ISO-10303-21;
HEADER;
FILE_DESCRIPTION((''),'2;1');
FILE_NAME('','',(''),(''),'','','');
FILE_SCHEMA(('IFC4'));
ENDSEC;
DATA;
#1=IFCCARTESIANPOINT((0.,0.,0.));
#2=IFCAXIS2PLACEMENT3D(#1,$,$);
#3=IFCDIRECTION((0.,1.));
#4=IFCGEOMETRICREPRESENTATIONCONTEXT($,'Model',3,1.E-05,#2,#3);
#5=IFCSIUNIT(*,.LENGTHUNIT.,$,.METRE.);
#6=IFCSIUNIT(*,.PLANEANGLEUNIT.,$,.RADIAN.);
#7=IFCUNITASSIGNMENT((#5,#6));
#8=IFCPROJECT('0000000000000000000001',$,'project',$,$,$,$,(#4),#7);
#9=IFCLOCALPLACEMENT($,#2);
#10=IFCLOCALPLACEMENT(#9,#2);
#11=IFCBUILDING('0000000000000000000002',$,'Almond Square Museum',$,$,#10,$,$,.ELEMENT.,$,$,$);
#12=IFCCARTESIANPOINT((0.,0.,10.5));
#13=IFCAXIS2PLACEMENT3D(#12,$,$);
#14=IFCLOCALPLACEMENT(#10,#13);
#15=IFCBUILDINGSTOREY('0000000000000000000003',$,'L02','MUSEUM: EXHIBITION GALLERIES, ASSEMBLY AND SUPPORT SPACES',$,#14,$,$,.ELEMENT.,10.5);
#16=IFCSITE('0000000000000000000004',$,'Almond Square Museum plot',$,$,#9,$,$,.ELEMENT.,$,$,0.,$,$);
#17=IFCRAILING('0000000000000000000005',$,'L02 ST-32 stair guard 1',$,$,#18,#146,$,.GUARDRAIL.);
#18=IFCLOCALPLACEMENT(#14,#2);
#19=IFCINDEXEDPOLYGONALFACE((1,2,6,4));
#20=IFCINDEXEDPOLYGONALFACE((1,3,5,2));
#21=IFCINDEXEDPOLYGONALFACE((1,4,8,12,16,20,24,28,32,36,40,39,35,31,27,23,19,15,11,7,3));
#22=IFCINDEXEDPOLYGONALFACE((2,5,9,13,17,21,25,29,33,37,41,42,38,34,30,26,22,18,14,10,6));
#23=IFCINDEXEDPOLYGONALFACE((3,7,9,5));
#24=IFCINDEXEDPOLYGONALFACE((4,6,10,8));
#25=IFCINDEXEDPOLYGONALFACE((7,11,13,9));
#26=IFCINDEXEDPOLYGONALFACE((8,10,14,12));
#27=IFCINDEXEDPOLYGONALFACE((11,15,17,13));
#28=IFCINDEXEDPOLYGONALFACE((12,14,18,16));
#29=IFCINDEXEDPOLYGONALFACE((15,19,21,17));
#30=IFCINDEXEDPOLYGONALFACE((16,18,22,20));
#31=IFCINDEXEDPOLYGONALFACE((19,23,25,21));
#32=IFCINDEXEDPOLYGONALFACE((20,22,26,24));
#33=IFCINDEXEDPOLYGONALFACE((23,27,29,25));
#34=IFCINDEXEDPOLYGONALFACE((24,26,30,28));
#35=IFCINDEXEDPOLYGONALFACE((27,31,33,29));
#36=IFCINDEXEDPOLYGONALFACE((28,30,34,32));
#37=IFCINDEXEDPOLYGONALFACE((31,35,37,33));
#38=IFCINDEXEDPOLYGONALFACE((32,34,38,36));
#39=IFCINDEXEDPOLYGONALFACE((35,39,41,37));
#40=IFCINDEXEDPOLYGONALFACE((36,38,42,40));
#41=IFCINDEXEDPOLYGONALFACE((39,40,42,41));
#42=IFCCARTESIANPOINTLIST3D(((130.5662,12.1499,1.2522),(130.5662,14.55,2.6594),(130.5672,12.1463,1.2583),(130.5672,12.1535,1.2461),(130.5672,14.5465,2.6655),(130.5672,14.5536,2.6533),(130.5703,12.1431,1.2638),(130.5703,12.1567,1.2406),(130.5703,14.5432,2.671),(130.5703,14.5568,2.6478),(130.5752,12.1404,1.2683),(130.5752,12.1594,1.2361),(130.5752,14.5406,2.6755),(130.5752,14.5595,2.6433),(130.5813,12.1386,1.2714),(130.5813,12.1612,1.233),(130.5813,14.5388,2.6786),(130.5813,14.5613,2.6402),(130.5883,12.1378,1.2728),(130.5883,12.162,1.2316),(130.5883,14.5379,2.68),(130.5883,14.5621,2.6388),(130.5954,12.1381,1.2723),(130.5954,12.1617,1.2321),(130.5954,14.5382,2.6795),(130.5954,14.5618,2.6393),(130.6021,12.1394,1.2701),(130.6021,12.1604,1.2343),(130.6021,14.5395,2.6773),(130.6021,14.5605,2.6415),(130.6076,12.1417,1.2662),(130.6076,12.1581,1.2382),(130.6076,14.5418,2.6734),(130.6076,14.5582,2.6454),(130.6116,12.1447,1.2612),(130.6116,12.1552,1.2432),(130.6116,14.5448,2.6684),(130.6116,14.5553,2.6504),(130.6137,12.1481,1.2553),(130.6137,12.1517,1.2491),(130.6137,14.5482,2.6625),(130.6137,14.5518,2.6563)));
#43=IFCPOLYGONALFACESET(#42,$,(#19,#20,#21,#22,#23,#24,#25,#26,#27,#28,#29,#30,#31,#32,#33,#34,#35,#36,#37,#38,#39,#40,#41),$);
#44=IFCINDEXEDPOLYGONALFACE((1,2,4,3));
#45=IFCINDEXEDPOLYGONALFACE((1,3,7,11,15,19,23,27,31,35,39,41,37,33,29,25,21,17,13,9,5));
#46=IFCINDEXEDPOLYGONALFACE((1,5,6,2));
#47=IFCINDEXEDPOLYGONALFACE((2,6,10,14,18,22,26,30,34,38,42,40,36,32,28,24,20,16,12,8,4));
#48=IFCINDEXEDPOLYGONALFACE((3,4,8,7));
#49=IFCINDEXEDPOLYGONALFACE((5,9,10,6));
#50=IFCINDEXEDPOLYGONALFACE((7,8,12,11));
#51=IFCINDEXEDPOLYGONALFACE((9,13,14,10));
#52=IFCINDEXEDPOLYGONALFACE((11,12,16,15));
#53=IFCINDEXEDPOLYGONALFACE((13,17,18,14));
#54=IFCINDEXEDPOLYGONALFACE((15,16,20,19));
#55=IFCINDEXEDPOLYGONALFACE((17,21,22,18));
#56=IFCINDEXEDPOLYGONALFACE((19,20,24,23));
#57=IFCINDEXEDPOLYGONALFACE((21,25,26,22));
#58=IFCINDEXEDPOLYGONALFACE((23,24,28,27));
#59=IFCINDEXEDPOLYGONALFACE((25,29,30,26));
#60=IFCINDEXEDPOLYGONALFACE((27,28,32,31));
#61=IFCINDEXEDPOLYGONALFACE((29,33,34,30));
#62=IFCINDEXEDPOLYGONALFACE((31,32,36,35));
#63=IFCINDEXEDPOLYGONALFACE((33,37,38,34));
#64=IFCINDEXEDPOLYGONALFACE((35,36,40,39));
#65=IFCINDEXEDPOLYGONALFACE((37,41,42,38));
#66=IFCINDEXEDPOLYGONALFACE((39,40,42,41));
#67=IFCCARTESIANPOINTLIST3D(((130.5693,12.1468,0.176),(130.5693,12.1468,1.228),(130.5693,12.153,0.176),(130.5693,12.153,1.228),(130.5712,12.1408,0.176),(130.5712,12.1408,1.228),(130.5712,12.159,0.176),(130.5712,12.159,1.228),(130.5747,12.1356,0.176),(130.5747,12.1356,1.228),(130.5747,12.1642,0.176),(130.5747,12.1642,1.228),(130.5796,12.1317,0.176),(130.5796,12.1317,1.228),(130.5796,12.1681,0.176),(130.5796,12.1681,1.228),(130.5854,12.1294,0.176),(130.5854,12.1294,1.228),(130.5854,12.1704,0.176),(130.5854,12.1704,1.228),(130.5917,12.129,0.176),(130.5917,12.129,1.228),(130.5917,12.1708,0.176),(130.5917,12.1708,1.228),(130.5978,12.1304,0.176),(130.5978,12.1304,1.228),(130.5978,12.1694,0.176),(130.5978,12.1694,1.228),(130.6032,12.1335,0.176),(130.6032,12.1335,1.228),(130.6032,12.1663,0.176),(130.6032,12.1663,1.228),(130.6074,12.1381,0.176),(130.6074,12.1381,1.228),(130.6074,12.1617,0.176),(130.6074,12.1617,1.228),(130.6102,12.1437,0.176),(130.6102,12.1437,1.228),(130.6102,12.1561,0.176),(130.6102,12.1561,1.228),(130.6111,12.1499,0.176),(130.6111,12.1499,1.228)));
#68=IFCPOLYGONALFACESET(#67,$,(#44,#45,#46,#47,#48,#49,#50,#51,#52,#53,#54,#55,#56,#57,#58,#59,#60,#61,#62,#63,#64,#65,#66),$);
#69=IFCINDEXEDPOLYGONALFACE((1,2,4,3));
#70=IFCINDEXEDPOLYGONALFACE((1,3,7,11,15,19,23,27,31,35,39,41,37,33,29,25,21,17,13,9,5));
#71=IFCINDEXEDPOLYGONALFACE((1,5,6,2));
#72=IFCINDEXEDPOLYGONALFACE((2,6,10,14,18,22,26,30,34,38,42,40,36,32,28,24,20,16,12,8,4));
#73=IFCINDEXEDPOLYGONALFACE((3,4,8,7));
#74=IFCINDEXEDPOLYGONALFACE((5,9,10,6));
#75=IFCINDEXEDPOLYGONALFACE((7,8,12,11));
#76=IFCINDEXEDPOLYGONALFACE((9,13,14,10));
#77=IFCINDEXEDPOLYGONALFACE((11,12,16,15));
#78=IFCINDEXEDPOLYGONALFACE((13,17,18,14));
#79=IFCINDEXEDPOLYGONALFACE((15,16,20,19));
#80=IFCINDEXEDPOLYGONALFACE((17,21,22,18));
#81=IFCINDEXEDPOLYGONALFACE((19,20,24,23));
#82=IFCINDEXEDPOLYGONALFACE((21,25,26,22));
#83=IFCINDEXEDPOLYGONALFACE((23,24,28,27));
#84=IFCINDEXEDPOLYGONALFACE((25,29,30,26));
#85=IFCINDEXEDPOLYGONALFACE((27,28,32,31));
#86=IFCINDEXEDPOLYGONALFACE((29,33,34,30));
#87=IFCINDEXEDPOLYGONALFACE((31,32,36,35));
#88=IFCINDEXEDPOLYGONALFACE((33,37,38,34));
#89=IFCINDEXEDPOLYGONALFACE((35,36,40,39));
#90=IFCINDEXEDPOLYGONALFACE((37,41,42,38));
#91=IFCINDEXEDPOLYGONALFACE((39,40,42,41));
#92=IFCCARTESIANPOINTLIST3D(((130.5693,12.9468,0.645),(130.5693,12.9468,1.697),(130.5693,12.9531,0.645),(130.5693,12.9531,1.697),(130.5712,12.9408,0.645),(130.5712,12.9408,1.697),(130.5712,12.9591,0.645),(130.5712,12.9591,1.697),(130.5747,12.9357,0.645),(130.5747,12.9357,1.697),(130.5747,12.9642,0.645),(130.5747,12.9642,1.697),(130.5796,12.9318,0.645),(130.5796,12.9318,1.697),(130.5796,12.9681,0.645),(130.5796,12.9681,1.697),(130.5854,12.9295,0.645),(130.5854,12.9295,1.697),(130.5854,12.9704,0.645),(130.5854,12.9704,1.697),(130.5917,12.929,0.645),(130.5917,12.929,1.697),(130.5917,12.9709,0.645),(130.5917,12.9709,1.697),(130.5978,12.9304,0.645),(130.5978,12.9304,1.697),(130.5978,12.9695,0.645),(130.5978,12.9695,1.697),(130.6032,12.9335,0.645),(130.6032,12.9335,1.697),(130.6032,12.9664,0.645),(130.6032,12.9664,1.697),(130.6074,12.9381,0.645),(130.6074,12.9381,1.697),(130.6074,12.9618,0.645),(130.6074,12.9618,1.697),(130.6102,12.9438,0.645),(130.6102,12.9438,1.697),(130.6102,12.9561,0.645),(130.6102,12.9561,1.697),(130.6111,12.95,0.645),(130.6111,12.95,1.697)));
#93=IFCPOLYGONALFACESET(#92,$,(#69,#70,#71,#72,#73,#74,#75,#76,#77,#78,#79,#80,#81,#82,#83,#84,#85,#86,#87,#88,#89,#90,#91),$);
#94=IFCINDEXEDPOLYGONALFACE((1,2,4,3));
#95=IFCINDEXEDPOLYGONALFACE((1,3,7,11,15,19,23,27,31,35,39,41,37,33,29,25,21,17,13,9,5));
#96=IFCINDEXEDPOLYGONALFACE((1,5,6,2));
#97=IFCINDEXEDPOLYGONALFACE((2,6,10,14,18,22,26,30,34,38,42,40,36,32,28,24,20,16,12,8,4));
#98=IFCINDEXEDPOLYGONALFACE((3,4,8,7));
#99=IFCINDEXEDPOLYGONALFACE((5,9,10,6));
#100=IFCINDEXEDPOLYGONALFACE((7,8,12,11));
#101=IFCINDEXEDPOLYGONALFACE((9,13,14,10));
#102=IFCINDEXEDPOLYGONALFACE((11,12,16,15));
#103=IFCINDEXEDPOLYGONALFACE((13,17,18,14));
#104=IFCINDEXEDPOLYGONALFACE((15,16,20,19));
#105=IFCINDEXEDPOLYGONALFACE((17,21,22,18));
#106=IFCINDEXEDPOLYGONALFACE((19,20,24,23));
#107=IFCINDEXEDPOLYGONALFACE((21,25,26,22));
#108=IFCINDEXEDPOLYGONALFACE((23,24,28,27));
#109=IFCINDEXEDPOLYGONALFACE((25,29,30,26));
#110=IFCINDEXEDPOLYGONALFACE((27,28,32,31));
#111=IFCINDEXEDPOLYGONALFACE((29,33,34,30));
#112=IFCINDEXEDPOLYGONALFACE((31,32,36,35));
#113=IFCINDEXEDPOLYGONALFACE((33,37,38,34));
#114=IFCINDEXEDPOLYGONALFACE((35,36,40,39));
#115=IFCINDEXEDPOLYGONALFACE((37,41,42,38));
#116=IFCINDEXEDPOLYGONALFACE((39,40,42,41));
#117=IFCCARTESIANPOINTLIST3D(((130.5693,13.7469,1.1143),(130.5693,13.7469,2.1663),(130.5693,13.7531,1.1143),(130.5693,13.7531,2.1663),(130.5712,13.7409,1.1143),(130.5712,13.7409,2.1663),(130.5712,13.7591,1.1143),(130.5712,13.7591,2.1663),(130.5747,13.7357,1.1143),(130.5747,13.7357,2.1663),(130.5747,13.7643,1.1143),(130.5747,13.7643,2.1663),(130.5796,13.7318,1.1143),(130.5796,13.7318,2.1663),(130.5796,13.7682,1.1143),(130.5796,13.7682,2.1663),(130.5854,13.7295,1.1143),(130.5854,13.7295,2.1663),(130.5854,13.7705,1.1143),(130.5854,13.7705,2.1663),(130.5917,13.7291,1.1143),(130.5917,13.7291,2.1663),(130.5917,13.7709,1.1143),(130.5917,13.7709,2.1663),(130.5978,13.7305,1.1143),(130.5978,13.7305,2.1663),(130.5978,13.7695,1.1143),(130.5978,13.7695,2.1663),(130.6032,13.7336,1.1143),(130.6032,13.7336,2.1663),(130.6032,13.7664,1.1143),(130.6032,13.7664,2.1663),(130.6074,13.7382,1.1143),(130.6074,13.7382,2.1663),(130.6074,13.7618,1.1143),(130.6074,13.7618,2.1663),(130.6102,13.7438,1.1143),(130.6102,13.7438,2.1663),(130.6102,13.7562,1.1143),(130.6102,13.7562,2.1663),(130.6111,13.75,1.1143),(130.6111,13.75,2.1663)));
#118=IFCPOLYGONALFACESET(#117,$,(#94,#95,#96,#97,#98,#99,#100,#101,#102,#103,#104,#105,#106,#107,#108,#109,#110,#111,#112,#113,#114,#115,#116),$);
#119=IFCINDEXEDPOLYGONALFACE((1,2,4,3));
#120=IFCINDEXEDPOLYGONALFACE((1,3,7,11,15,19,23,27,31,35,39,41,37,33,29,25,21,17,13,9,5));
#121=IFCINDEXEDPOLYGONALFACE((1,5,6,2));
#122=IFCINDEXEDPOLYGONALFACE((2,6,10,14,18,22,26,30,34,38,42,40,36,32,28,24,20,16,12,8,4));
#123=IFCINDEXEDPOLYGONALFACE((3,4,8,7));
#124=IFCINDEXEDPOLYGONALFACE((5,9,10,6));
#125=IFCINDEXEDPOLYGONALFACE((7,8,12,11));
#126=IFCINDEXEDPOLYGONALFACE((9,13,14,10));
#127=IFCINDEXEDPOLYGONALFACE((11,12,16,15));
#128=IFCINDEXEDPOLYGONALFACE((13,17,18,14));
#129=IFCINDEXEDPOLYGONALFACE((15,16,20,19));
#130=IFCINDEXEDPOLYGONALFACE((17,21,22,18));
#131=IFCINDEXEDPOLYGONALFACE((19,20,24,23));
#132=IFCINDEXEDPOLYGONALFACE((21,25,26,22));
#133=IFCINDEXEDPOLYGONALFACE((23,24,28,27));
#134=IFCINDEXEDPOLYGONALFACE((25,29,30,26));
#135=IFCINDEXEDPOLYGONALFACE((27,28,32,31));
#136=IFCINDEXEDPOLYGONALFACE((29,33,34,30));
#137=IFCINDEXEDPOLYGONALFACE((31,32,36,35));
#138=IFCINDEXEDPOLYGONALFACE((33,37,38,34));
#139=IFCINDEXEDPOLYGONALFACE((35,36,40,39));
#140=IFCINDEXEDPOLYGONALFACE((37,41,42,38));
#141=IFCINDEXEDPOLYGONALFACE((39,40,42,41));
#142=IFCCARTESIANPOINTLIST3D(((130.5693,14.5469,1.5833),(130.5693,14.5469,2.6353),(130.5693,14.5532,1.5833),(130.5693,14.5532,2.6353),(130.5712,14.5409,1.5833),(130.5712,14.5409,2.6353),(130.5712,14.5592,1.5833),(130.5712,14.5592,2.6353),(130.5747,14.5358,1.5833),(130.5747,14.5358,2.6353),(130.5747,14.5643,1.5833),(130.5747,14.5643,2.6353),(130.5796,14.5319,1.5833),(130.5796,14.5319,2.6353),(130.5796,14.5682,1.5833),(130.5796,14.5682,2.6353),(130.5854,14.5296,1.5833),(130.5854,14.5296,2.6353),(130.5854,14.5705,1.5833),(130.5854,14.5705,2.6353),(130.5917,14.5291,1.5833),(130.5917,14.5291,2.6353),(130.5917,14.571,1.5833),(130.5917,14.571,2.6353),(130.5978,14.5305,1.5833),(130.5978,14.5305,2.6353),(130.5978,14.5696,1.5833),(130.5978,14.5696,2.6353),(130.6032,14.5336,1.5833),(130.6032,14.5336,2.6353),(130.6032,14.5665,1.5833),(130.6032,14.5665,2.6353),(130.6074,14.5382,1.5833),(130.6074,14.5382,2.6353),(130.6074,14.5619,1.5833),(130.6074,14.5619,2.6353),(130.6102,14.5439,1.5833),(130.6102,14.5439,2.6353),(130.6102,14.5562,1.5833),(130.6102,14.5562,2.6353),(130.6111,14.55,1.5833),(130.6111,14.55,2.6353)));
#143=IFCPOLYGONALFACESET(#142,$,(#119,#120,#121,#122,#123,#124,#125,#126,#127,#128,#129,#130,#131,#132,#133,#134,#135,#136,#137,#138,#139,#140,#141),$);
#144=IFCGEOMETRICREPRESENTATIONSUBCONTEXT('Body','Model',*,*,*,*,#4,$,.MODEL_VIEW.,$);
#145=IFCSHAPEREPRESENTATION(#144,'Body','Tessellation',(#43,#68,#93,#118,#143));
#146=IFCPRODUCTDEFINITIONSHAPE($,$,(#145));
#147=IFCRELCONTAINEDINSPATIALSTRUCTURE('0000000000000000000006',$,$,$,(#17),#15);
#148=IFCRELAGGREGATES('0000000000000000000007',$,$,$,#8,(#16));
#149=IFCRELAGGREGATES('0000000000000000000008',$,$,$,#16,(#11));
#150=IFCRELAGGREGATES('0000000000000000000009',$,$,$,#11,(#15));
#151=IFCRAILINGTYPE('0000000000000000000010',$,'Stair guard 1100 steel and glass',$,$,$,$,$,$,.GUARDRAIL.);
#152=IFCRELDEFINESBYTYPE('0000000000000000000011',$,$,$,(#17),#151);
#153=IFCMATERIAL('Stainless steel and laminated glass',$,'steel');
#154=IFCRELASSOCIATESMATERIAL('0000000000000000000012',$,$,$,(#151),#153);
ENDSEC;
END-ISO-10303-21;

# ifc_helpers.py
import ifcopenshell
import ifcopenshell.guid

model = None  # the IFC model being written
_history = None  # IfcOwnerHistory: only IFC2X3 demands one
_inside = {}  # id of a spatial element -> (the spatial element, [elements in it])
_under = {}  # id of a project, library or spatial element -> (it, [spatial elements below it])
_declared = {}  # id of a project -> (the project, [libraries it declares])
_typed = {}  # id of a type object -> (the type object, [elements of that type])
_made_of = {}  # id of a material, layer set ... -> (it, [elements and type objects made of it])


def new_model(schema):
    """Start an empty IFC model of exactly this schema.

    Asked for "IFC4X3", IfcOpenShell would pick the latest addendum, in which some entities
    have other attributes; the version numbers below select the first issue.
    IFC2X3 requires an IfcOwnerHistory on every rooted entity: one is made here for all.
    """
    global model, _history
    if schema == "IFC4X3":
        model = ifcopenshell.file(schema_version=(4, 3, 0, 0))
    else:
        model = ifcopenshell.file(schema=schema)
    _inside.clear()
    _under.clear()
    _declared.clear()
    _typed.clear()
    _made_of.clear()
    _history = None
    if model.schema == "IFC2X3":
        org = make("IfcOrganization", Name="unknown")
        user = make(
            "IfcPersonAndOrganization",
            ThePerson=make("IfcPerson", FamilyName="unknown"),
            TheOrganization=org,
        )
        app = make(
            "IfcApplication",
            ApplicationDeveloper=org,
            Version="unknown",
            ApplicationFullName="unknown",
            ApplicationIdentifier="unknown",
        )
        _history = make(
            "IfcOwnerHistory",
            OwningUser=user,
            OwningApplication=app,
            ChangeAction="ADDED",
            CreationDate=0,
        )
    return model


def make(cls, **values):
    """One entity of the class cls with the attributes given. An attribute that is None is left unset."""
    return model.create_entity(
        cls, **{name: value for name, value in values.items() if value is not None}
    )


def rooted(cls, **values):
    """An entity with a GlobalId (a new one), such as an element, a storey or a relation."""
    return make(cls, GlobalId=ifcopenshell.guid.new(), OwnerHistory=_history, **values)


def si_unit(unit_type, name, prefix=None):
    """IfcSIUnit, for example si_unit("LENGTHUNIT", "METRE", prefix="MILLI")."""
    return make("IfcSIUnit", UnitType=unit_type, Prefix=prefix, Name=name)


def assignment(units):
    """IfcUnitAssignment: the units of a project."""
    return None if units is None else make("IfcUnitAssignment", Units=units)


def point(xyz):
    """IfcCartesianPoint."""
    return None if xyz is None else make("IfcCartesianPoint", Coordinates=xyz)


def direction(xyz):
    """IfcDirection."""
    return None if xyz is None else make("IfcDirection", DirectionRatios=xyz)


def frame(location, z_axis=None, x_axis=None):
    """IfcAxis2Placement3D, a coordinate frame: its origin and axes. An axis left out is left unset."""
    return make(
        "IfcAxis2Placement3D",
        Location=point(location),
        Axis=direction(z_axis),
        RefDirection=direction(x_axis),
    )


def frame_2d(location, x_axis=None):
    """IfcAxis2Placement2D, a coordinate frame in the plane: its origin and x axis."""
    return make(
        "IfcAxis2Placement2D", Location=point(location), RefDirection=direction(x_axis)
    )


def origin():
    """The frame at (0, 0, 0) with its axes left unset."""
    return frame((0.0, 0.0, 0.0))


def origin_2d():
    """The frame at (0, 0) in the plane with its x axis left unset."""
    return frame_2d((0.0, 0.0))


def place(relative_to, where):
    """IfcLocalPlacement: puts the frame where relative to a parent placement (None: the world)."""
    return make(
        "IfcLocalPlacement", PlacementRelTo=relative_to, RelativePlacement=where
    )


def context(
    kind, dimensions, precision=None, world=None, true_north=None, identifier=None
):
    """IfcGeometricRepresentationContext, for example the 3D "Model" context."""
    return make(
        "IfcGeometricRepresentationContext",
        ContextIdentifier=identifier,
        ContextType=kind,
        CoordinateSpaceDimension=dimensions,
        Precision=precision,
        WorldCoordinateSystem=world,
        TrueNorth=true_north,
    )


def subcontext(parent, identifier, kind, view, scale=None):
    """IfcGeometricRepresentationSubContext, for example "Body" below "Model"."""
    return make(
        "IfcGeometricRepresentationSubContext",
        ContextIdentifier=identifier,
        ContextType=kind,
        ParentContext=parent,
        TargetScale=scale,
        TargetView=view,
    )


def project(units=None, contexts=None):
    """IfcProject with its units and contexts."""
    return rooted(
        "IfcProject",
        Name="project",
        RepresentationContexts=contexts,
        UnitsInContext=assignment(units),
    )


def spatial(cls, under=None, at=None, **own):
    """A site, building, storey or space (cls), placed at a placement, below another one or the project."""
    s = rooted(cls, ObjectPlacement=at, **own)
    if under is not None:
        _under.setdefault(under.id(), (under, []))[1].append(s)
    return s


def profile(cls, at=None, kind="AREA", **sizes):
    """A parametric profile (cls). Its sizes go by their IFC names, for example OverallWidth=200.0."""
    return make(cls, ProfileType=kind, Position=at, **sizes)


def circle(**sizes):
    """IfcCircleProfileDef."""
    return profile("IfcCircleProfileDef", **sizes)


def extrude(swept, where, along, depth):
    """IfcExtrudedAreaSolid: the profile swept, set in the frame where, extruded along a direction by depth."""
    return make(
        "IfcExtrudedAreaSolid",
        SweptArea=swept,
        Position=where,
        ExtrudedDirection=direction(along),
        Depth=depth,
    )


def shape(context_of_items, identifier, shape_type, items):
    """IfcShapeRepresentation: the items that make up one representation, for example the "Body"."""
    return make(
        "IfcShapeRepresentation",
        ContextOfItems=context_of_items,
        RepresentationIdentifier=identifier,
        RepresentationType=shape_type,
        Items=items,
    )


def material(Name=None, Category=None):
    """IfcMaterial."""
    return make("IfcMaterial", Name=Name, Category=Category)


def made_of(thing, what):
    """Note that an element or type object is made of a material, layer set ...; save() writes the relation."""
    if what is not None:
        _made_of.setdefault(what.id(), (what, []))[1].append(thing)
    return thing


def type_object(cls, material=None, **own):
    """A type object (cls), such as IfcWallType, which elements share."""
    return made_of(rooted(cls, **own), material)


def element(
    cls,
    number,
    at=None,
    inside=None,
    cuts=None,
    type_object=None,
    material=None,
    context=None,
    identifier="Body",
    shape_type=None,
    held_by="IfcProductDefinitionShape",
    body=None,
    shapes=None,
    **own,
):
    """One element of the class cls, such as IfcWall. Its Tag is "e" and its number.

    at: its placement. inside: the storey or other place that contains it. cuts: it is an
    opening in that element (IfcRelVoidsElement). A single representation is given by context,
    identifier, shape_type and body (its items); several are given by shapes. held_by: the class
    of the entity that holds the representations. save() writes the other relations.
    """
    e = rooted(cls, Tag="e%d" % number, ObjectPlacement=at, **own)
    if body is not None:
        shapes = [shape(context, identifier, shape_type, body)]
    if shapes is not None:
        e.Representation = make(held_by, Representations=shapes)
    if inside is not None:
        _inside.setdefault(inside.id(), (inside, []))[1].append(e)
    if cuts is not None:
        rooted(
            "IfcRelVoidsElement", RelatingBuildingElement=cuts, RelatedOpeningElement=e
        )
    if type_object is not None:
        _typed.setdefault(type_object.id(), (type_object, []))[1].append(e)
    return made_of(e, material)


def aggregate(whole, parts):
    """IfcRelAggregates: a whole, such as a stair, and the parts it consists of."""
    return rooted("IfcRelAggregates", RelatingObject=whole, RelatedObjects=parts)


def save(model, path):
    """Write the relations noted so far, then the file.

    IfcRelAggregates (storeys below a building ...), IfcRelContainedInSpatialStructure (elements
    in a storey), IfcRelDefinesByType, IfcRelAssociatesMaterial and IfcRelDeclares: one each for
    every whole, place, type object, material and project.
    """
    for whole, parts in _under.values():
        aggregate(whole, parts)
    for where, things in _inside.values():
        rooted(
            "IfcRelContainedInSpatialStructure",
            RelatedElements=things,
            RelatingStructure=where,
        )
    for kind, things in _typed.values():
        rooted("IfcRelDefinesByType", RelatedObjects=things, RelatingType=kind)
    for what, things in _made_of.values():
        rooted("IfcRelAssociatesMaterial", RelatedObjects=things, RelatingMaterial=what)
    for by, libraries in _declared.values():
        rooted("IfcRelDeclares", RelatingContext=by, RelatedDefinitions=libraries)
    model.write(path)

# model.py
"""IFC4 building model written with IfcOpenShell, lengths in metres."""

from ifc_helpers import new_model, si_unit, direction, frame, origin, origin_2d, place, context, subcontext, project, spatial, circle, extrude, material, type_object, element, save


model = new_model("IFC4")

# Units and contexts
model_context = context("Model", 3, precision=1e-05, world=origin(), true_north=direction((0.0, 1.0)))
body_context = subcontext(model_context, "Body", "Model", "MODEL_VIEW")
ifc_project = project(units=[si_unit("LENGTHUNIT", "METRE"), si_unit("PLANEANGLEUNIT", "RADIAN")], contexts=[model_context])

# Site, building, storey
site_placement = place(None, origin())
site = spatial("IfcSite", under=ifc_project, at=site_placement, Name="Almond Square Museum plot", CompositionType="ELEMENT", RefElevation=0.0)
building_placement = place(site_placement, origin())
building = spatial("IfcBuilding", under=site, at=building_placement, Name="Almond Square Museum", CompositionType="ELEMENT")
storey_placement = place(building_placement, frame((0.0, 0.0, 10.5)))
storey = spatial("IfcBuildingStorey", under=building, at=storey_placement, Name="L02", Description="MUSEUM: EXHIBITION GALLERIES, ASSEMBLY AND SUPPORT SPACES", CompositionType="ELEMENT", Elevation=10.5)

# Railing
ifc_material_1 = material(Name="Stainless steel and laminated glass", Category="steel")
railing_type_1 = type_object("IfcRailingType", Name="Stair guard 1100 steel and glass", PredefinedType="GUARDRAIL", material=ifc_material_1)
railing_1_placement = place(storey_placement, frame((130.5901, 12.1499, 0.176)))
element("IfcRailing", 1, at=railing_1_placement, inside=storey, type_object=railing_type_1, Name="L02 ST-32 stair guard 1", PredefinedType="GUARDRAIL", context=body_context, shape_type="SweptSolid", body=[
    extrude(circle(Radius=0.0239, at=origin_2d()), frame((0.0, 0.0, 1.0762), z_axis=(0.0, 0.86266, 0.505785), x_axis=(-1.0, 0.0, 0.0)), (0.0, 0.0, 1.0), 2.7822),
    extrude(circle(Radius=0.021, at=origin_2d()), origin(), (0.0, 0.0, 1.0), 1.052),
    extrude(circle(Radius=0.021, at=origin_2d()), frame((0.0, 0.8, 0.469)), (0.0, 0.0, 1.0), 1.052),
    extrude(circle(Radius=0.021, at=origin_2d()), frame((0.0, 1.6001, 0.9382)), (0.0, 0.0, 1.0), 1.052),
    extrude(circle(Radius=0.021, at=origin_2d()), frame((0.0, 2.4001, 1.4072)), (0.0, 0.0, 1.0), 1.052),
])

save(model, "model.ifc")
